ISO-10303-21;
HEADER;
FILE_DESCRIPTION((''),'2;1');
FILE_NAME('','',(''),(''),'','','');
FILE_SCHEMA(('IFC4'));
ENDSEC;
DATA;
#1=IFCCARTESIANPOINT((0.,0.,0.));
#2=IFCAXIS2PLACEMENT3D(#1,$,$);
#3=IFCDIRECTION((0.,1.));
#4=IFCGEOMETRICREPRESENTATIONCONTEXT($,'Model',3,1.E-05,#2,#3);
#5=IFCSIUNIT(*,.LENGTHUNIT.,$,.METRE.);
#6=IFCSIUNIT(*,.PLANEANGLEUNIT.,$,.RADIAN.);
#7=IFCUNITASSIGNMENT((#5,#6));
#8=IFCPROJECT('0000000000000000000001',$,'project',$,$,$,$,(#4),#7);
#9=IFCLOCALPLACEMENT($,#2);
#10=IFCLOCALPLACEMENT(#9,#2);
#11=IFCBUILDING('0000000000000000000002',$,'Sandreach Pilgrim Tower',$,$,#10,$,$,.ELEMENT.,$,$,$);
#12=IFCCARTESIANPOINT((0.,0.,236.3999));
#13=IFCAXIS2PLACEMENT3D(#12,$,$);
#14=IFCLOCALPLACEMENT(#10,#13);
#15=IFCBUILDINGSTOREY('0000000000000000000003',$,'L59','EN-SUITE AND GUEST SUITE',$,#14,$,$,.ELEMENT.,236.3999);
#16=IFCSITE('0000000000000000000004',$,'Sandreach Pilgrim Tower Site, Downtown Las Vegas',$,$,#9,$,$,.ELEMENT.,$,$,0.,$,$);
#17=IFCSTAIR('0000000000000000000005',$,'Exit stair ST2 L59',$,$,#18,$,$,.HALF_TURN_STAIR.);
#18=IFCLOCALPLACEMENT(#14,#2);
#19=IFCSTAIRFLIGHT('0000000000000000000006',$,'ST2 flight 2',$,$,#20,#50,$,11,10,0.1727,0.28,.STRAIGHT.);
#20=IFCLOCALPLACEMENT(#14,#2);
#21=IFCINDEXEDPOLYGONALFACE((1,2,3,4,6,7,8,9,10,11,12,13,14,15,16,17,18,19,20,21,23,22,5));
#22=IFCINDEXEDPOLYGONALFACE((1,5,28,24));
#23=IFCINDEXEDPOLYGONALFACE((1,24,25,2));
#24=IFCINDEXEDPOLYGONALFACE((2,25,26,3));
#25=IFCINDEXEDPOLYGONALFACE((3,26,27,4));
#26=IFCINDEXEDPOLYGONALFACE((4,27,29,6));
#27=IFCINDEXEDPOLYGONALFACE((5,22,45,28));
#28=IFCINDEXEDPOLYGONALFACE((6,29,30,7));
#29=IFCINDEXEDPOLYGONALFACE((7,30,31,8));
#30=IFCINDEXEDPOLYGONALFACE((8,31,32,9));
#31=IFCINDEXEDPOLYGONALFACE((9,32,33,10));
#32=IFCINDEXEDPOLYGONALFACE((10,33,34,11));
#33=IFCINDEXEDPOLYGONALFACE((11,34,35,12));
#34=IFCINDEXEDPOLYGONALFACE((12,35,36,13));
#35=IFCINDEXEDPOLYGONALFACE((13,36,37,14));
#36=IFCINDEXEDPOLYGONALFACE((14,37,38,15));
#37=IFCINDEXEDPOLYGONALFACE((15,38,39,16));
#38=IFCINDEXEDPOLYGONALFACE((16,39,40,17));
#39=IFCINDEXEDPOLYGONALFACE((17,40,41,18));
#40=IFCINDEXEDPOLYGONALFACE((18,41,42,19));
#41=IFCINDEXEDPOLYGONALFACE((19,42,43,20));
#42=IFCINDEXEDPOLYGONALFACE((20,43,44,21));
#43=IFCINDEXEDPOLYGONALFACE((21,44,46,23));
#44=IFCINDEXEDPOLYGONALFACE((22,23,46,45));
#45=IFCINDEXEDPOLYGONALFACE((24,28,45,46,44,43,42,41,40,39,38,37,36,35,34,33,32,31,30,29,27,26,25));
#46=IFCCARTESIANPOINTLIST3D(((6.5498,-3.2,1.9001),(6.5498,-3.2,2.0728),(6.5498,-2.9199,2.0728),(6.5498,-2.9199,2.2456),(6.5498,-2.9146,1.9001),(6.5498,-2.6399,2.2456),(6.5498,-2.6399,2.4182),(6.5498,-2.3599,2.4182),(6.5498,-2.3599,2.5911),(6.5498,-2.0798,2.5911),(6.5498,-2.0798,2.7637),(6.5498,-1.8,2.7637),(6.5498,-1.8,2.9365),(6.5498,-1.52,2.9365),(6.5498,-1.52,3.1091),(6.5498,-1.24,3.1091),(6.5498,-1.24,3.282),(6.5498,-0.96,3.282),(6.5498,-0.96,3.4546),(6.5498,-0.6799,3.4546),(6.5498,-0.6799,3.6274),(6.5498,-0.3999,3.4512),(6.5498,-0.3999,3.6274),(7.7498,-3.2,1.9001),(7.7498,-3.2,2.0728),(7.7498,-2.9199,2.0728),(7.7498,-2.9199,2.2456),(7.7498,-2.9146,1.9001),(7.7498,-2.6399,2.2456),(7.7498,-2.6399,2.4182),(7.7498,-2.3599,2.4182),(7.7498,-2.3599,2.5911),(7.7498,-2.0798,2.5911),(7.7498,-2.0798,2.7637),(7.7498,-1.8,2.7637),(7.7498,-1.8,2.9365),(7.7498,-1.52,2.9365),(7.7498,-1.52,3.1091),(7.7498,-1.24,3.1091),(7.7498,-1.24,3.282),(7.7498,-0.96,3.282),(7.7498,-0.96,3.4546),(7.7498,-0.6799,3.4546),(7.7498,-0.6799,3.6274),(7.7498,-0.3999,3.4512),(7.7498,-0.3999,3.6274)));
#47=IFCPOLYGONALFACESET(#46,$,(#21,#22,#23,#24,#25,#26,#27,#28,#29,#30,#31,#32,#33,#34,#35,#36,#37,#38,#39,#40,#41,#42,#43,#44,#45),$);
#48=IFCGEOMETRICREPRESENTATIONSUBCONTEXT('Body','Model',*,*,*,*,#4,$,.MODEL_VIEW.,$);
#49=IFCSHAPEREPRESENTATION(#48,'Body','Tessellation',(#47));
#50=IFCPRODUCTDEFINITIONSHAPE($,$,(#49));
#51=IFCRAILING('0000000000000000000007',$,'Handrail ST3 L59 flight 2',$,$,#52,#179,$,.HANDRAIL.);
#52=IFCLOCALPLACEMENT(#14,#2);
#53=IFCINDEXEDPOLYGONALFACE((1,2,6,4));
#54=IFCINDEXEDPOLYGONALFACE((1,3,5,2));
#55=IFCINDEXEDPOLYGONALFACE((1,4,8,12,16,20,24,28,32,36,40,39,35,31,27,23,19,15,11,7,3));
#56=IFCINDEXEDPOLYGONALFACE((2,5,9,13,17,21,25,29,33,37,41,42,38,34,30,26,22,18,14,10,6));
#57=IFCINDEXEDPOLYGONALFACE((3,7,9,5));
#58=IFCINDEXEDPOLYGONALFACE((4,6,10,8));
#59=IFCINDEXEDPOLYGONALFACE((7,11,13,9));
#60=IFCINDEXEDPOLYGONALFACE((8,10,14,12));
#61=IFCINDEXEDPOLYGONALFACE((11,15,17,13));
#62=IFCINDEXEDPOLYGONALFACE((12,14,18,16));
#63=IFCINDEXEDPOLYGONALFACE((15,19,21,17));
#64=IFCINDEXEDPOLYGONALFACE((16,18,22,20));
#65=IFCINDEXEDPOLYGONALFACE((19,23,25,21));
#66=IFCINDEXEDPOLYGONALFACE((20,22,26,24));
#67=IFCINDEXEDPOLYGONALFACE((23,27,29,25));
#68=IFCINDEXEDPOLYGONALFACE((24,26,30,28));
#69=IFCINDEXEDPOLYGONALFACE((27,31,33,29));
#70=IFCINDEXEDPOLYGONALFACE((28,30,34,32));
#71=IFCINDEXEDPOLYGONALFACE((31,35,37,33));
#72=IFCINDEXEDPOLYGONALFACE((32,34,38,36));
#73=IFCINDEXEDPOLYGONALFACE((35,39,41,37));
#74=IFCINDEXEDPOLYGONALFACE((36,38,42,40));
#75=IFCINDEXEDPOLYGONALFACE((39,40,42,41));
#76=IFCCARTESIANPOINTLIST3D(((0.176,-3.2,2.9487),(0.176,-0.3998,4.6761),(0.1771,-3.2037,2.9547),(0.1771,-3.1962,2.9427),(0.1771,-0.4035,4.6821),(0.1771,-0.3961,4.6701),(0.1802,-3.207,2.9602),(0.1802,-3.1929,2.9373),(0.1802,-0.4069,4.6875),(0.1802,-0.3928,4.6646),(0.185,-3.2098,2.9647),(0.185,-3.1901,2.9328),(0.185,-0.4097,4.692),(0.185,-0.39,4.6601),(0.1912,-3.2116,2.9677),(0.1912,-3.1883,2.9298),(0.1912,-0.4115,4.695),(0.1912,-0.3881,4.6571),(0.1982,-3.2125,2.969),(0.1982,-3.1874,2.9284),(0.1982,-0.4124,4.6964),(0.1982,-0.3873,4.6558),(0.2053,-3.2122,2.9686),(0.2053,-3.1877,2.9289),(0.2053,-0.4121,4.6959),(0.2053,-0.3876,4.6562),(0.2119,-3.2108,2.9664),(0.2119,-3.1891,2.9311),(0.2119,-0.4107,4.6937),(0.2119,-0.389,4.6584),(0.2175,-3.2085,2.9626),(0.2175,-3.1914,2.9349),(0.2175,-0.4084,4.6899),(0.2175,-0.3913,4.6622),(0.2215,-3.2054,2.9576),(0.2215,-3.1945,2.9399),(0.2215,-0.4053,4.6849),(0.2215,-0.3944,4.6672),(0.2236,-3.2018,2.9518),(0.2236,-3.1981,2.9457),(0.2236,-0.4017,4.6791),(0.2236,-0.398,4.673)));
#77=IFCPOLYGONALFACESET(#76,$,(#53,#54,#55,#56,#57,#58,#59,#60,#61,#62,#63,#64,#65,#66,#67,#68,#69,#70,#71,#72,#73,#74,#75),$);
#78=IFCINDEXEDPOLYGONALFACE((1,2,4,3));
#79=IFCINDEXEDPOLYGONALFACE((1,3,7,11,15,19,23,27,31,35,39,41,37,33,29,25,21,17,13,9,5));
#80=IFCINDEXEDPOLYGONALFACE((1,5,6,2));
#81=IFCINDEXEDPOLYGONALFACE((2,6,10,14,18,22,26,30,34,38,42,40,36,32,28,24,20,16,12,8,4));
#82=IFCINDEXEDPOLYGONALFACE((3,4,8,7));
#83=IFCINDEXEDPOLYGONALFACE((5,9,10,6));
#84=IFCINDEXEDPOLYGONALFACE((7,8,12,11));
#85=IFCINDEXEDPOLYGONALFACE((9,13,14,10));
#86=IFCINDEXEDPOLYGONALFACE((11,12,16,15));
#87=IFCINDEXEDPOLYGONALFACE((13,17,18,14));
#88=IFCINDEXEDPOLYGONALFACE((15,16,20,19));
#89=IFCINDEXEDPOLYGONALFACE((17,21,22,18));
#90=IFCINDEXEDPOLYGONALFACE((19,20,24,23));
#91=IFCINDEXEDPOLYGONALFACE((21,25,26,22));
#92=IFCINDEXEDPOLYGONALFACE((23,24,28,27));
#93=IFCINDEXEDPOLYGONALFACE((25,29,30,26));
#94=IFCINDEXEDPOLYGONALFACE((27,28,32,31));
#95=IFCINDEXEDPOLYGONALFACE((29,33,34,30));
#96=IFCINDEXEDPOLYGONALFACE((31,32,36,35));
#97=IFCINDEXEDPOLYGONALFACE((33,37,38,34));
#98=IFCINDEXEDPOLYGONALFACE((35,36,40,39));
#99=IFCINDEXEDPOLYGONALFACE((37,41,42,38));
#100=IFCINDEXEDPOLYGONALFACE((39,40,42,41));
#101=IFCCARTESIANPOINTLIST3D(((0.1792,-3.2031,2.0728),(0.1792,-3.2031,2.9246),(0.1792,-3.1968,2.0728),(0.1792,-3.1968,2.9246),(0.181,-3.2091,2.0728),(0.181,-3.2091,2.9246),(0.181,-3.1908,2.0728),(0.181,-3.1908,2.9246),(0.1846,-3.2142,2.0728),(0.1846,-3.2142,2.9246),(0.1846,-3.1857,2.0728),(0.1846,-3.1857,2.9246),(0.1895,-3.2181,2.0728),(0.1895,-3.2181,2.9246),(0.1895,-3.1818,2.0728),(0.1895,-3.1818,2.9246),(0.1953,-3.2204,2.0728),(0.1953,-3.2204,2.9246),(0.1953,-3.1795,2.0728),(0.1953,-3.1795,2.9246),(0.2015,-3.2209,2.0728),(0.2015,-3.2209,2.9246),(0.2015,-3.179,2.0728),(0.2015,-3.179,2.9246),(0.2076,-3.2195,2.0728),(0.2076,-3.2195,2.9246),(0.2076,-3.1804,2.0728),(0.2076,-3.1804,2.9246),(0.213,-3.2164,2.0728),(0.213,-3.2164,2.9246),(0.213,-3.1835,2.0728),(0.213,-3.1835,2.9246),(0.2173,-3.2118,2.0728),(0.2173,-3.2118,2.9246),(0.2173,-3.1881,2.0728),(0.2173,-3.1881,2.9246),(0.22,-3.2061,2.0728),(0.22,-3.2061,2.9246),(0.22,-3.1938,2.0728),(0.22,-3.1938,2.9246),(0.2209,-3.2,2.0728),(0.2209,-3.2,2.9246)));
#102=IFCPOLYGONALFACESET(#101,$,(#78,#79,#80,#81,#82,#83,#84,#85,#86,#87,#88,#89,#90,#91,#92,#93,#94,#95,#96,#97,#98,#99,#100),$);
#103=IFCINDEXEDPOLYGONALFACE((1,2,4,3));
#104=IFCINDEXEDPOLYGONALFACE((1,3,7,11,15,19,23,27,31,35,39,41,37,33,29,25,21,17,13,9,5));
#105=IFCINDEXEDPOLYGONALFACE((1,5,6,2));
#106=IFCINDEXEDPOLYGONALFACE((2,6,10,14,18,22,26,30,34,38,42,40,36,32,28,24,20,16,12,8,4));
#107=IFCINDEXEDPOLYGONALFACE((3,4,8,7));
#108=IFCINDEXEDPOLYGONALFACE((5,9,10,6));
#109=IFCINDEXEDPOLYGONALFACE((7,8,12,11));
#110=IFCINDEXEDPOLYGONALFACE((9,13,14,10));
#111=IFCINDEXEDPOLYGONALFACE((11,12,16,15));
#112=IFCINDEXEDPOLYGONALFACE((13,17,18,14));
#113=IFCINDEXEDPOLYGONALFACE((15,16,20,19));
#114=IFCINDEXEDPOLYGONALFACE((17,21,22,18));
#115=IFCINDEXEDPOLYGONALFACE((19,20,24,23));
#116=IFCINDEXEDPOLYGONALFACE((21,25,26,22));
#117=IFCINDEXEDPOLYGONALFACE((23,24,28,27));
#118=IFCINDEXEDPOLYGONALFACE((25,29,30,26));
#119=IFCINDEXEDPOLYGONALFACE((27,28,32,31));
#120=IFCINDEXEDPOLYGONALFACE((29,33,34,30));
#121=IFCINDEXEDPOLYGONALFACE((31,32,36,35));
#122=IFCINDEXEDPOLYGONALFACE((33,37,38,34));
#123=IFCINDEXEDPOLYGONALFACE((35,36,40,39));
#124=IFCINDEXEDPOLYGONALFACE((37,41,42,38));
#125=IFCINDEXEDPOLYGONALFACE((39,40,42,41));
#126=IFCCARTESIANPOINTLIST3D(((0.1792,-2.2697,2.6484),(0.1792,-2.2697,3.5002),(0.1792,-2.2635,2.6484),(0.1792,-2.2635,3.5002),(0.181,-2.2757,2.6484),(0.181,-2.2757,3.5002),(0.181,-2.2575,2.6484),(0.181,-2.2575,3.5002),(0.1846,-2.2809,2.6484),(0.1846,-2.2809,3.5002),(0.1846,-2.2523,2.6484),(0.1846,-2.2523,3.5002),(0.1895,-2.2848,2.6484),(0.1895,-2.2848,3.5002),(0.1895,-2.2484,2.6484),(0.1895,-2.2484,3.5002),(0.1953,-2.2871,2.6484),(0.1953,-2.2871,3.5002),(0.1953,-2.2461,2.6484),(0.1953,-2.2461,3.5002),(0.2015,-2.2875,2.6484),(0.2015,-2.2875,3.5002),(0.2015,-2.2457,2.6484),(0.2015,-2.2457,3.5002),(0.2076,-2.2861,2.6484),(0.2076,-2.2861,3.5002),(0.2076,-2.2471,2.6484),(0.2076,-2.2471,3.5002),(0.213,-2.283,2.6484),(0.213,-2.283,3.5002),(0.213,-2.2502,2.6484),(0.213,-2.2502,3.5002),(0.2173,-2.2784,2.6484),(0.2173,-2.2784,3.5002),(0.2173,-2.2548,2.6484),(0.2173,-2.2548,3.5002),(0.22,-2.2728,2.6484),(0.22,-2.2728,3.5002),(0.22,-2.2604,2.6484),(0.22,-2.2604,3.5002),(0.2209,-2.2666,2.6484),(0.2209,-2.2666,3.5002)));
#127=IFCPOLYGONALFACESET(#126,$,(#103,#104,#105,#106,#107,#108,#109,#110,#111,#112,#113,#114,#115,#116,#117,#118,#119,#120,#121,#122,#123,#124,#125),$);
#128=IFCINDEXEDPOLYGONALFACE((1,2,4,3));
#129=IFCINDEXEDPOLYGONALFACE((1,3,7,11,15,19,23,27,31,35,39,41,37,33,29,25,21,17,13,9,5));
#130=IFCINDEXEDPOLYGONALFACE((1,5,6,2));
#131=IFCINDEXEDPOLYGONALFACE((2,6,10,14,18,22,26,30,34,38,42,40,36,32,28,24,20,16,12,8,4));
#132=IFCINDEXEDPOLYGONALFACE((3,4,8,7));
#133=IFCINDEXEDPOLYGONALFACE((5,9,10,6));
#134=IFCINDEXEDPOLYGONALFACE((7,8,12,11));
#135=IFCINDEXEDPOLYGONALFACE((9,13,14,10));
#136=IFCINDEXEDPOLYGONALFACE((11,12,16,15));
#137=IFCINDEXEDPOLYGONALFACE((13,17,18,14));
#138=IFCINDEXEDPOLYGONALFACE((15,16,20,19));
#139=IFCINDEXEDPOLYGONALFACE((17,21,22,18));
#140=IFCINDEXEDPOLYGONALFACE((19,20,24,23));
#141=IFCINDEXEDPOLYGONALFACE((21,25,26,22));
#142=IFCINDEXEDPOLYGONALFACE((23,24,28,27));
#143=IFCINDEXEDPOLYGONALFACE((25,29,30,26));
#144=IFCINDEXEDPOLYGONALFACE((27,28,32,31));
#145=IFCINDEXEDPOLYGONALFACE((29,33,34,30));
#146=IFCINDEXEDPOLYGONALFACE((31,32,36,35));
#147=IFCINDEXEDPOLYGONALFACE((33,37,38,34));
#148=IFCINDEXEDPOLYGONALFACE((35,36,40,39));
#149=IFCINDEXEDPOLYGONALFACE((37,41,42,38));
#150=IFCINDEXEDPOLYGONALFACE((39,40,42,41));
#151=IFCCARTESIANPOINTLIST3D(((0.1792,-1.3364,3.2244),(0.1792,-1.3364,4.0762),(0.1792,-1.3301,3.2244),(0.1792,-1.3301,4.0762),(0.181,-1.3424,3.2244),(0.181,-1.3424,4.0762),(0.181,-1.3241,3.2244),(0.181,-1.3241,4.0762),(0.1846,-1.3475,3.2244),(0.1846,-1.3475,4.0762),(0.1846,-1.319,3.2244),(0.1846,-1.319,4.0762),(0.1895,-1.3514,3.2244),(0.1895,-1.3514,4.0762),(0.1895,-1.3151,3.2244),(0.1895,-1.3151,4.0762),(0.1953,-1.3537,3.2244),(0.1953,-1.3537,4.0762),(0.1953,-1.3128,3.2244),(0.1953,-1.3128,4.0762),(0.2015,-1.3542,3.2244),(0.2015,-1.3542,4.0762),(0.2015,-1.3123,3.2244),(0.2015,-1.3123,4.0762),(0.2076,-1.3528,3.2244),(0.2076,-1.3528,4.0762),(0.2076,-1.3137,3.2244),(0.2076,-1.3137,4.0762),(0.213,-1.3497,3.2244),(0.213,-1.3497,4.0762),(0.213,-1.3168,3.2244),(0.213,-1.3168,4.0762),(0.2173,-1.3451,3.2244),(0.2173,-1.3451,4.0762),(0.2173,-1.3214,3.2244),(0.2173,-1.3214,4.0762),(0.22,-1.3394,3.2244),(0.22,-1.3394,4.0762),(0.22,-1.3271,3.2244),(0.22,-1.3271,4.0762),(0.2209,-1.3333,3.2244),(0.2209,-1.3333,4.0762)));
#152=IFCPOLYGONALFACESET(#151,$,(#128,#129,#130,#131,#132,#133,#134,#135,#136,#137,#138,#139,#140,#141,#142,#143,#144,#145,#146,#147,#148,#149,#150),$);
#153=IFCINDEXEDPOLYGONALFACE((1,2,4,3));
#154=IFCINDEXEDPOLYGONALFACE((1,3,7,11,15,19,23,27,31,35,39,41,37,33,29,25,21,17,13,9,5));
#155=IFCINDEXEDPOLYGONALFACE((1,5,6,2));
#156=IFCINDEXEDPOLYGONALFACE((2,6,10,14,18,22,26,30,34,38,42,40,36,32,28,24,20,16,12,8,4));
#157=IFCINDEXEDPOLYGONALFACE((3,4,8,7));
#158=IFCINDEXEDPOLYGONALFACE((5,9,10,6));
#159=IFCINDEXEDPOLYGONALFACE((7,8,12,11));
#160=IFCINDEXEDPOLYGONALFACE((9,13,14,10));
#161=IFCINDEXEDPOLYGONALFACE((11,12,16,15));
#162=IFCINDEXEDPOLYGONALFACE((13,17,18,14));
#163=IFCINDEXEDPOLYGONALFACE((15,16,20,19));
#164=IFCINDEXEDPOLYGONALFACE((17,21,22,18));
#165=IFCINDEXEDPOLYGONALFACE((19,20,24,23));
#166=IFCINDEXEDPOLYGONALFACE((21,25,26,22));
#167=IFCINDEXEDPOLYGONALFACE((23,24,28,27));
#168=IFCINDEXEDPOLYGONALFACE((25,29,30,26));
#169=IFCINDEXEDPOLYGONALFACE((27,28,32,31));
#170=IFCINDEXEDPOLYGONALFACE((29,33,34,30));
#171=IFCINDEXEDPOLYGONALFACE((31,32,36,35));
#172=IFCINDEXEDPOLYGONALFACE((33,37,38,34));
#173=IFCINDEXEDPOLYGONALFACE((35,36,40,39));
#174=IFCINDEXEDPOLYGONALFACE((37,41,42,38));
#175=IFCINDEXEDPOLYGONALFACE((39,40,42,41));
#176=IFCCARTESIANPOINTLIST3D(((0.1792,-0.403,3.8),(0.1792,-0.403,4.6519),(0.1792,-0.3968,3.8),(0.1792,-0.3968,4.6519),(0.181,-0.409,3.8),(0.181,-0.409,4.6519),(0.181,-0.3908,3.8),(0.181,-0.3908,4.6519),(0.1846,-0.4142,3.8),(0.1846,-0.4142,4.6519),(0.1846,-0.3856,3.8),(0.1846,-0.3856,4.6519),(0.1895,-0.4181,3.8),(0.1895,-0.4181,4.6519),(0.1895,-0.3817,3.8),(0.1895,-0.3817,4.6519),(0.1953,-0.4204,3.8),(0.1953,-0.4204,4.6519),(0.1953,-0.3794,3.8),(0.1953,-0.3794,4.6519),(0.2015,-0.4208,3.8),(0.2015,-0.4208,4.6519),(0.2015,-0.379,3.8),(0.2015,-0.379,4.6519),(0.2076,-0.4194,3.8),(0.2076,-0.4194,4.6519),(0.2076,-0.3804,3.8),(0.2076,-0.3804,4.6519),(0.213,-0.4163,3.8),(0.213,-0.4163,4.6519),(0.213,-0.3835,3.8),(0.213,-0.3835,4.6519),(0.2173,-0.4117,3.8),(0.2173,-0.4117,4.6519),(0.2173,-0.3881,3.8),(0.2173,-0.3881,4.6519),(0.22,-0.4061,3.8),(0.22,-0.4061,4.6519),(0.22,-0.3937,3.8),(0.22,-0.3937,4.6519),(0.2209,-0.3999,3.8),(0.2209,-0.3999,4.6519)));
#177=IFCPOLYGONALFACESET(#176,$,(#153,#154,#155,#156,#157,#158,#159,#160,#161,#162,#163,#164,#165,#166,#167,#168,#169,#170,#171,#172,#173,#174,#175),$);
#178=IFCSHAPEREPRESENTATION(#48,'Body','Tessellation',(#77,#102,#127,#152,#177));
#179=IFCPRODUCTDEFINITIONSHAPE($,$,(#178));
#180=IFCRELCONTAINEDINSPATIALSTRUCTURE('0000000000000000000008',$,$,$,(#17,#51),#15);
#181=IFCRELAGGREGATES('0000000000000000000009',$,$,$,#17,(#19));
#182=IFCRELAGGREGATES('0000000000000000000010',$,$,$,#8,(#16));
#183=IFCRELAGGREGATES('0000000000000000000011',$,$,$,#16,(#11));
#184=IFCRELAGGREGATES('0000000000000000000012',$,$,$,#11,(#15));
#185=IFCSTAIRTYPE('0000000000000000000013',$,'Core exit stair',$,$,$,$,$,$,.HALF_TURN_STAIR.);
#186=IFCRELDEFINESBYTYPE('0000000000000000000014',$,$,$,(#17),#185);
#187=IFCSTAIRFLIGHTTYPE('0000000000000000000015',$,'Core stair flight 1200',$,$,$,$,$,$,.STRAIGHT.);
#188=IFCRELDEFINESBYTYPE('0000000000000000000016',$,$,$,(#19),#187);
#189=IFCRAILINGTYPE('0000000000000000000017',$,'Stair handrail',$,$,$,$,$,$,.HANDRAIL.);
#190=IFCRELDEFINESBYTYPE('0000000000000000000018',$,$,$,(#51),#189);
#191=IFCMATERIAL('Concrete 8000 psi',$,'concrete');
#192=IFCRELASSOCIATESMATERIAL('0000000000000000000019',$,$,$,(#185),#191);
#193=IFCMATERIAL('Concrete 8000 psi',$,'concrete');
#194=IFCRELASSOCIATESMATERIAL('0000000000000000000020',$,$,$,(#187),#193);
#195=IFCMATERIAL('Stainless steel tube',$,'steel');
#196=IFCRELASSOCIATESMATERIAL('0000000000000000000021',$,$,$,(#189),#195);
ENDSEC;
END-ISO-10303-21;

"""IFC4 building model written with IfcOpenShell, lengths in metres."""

from ifc_helpers import new_model, si_unit, direction, frame, origin, origin_2d, place, context, subcontext, project, spatial, polyline, circle, outline, extrude, material, type_object, element, aggregate, save


model = new_model("IFC4")

# Units and contexts
model_context = context("Model", 3, precision=1e-05, world=origin(), true_north=direction((0.0, 1.0)))
body_context = subcontext(model_context, "Body", "Model", "MODEL_VIEW")
ifc_project = project(units=[si_unit("LENGTHUNIT", "METRE"), si_unit("PLANEANGLEUNIT", "RADIAN")], contexts=[model_context])

# Site, building, storey
site_placement = place(None, origin())
site = spatial("IfcSite", under=ifc_project, at=site_placement, Name="Sandreach Pilgrim Tower Site, Downtown Las Vegas", CompositionType="ELEMENT", RefElevation=0.0)
building_placement = place(site_placement, origin())
building = spatial("IfcBuilding", under=site, at=building_placement, Name="Sandreach Pilgrim Tower", CompositionType="ELEMENT")
storey_placement = place(building_placement, frame((0.0, 0.0, 236.3999)))
storey = spatial("IfcBuildingStorey", under=building, at=storey_placement, Name="L59", Description="EN-SUITE AND GUEST SUITE", CompositionType="ELEMENT", Elevation=236.3999)

# Shared definitions
ifc_material_1 = material(Name="Concrete 8000 psi", Category="concrete")
stair_type = type_object("IfcStairType", Name="Core exit stair", PredefinedType="HALF_TURN_STAIR", material=ifc_material_1)
ifc_material_2 = material(Name="Concrete 8000 psi", Category="concrete")
stair_flight_type = type_object("IfcStairFlightType", Name="Core stair flight 1200", PredefinedType="STRAIGHT", material=ifc_material_2)

# Stair, stair flight
stair_1_placement = place(storey_placement, origin())
stair_1 = element("IfcStair", 1, at=stair_1_placement, inside=storey, type_object=stair_type, Name="Exit stair ST2 L59", PredefinedType="HALF_TURN_STAIR")
stair_flight_1_placement = place(storey_placement, frame((7.1499, -3.2, 1.9001), z_axis=(0.0, 0.0, 1.0), x_axis=(0.0, 1.0, 0.0)))
stair_flight_1 = element("IfcStairFlight", 2, at=stair_flight_1_placement, type_object=stair_flight_type, Name="ST2 flight 2", NumberOfRisers=11, NumberOfTreads=10, PredefinedType="STRAIGHT", RiserHeight=0.1727, TreadLength=0.28, context=body_context, shape_type="SweptSolid", body=[
    extrude(outline(polyline([(0.0, 0.0), (0.0, 0.1726), (0.28, 0.1726), (0.28, 0.3455), (0.5601, 0.3455), (0.5601, 0.5181), (0.8401, 0.5181), (0.8401, 0.6909), (1.1201, 0.6909), (1.1201, 0.8635), (1.3999, 0.8635), (1.3999, 1.0364), (1.6799, 1.0364), (1.6799, 1.209), (1.96, 1.209), (1.96, 1.3818), (2.24, 1.3818), (2.24, 1.5544), (2.52, 1.5544), (2.52, 1.7273), (2.8, 1.7273), (2.8, 1.8999), (2.8, 1.551), (0.2854, 0.0), (0.0, 0.0)])), frame((0.0, 0.6001, 0.0), z_axis=(0.0, -1.0, 0.0), x_axis=(1.0, 0.0, 0.0)), (0.0, 0.0, 1.0), 1.2),
])
aggregate(stair_1, [stair_flight_1])

# Railing
ifc_material_3 = material(Name="Stainless steel tube", Category="steel")
railing_type = type_object("IfcRailingType", Name="Stair handrail", PredefinedType="HANDRAIL", material=ifc_material_3)
for number, where, name in (
    (3, (0.2, -3.2, 2.0728), "Handrail ST3 L59 flight 2"),
):
    element("IfcRailing", number, at=place(storey_placement, frame(where)), inside=storey, type_object=railing_type, Name=name, PredefinedType="HANDRAIL", context=body_context, shape_type="SweptSolid", body=[
        extrude(circle(Radius=0.0239, at=origin_2d()), frame((0.0, 0.0, 0.876), z_axis=(0.0, 0.85109, 0.52502), x_axis=(-1.0, 0.0, 0.0)), (0.0, 0.0, 1.0), 3.29),
        extrude(circle(Radius=0.021, at=origin_2d()), origin(), (0.0, 0.0, 1.0), 0.8518),
        extrude(circle(Radius=0.021, at=origin_2d()), frame((0.0, 0.9333, 0.5757)), (0.0, 0.0, 1.0), 0.8518),
        extrude(circle(Radius=0.021, at=origin_2d()), frame((0.0, 1.8667, 1.1516)), (0.0, 0.0, 1.0), 0.8518),
        extrude(circle(Radius=0.021, at=origin_2d()), frame((0.0, 2.8, 1.7273)), (0.0, 0.0, 1.0), 0.8518),
    ])

save(model, "model.ifc")
